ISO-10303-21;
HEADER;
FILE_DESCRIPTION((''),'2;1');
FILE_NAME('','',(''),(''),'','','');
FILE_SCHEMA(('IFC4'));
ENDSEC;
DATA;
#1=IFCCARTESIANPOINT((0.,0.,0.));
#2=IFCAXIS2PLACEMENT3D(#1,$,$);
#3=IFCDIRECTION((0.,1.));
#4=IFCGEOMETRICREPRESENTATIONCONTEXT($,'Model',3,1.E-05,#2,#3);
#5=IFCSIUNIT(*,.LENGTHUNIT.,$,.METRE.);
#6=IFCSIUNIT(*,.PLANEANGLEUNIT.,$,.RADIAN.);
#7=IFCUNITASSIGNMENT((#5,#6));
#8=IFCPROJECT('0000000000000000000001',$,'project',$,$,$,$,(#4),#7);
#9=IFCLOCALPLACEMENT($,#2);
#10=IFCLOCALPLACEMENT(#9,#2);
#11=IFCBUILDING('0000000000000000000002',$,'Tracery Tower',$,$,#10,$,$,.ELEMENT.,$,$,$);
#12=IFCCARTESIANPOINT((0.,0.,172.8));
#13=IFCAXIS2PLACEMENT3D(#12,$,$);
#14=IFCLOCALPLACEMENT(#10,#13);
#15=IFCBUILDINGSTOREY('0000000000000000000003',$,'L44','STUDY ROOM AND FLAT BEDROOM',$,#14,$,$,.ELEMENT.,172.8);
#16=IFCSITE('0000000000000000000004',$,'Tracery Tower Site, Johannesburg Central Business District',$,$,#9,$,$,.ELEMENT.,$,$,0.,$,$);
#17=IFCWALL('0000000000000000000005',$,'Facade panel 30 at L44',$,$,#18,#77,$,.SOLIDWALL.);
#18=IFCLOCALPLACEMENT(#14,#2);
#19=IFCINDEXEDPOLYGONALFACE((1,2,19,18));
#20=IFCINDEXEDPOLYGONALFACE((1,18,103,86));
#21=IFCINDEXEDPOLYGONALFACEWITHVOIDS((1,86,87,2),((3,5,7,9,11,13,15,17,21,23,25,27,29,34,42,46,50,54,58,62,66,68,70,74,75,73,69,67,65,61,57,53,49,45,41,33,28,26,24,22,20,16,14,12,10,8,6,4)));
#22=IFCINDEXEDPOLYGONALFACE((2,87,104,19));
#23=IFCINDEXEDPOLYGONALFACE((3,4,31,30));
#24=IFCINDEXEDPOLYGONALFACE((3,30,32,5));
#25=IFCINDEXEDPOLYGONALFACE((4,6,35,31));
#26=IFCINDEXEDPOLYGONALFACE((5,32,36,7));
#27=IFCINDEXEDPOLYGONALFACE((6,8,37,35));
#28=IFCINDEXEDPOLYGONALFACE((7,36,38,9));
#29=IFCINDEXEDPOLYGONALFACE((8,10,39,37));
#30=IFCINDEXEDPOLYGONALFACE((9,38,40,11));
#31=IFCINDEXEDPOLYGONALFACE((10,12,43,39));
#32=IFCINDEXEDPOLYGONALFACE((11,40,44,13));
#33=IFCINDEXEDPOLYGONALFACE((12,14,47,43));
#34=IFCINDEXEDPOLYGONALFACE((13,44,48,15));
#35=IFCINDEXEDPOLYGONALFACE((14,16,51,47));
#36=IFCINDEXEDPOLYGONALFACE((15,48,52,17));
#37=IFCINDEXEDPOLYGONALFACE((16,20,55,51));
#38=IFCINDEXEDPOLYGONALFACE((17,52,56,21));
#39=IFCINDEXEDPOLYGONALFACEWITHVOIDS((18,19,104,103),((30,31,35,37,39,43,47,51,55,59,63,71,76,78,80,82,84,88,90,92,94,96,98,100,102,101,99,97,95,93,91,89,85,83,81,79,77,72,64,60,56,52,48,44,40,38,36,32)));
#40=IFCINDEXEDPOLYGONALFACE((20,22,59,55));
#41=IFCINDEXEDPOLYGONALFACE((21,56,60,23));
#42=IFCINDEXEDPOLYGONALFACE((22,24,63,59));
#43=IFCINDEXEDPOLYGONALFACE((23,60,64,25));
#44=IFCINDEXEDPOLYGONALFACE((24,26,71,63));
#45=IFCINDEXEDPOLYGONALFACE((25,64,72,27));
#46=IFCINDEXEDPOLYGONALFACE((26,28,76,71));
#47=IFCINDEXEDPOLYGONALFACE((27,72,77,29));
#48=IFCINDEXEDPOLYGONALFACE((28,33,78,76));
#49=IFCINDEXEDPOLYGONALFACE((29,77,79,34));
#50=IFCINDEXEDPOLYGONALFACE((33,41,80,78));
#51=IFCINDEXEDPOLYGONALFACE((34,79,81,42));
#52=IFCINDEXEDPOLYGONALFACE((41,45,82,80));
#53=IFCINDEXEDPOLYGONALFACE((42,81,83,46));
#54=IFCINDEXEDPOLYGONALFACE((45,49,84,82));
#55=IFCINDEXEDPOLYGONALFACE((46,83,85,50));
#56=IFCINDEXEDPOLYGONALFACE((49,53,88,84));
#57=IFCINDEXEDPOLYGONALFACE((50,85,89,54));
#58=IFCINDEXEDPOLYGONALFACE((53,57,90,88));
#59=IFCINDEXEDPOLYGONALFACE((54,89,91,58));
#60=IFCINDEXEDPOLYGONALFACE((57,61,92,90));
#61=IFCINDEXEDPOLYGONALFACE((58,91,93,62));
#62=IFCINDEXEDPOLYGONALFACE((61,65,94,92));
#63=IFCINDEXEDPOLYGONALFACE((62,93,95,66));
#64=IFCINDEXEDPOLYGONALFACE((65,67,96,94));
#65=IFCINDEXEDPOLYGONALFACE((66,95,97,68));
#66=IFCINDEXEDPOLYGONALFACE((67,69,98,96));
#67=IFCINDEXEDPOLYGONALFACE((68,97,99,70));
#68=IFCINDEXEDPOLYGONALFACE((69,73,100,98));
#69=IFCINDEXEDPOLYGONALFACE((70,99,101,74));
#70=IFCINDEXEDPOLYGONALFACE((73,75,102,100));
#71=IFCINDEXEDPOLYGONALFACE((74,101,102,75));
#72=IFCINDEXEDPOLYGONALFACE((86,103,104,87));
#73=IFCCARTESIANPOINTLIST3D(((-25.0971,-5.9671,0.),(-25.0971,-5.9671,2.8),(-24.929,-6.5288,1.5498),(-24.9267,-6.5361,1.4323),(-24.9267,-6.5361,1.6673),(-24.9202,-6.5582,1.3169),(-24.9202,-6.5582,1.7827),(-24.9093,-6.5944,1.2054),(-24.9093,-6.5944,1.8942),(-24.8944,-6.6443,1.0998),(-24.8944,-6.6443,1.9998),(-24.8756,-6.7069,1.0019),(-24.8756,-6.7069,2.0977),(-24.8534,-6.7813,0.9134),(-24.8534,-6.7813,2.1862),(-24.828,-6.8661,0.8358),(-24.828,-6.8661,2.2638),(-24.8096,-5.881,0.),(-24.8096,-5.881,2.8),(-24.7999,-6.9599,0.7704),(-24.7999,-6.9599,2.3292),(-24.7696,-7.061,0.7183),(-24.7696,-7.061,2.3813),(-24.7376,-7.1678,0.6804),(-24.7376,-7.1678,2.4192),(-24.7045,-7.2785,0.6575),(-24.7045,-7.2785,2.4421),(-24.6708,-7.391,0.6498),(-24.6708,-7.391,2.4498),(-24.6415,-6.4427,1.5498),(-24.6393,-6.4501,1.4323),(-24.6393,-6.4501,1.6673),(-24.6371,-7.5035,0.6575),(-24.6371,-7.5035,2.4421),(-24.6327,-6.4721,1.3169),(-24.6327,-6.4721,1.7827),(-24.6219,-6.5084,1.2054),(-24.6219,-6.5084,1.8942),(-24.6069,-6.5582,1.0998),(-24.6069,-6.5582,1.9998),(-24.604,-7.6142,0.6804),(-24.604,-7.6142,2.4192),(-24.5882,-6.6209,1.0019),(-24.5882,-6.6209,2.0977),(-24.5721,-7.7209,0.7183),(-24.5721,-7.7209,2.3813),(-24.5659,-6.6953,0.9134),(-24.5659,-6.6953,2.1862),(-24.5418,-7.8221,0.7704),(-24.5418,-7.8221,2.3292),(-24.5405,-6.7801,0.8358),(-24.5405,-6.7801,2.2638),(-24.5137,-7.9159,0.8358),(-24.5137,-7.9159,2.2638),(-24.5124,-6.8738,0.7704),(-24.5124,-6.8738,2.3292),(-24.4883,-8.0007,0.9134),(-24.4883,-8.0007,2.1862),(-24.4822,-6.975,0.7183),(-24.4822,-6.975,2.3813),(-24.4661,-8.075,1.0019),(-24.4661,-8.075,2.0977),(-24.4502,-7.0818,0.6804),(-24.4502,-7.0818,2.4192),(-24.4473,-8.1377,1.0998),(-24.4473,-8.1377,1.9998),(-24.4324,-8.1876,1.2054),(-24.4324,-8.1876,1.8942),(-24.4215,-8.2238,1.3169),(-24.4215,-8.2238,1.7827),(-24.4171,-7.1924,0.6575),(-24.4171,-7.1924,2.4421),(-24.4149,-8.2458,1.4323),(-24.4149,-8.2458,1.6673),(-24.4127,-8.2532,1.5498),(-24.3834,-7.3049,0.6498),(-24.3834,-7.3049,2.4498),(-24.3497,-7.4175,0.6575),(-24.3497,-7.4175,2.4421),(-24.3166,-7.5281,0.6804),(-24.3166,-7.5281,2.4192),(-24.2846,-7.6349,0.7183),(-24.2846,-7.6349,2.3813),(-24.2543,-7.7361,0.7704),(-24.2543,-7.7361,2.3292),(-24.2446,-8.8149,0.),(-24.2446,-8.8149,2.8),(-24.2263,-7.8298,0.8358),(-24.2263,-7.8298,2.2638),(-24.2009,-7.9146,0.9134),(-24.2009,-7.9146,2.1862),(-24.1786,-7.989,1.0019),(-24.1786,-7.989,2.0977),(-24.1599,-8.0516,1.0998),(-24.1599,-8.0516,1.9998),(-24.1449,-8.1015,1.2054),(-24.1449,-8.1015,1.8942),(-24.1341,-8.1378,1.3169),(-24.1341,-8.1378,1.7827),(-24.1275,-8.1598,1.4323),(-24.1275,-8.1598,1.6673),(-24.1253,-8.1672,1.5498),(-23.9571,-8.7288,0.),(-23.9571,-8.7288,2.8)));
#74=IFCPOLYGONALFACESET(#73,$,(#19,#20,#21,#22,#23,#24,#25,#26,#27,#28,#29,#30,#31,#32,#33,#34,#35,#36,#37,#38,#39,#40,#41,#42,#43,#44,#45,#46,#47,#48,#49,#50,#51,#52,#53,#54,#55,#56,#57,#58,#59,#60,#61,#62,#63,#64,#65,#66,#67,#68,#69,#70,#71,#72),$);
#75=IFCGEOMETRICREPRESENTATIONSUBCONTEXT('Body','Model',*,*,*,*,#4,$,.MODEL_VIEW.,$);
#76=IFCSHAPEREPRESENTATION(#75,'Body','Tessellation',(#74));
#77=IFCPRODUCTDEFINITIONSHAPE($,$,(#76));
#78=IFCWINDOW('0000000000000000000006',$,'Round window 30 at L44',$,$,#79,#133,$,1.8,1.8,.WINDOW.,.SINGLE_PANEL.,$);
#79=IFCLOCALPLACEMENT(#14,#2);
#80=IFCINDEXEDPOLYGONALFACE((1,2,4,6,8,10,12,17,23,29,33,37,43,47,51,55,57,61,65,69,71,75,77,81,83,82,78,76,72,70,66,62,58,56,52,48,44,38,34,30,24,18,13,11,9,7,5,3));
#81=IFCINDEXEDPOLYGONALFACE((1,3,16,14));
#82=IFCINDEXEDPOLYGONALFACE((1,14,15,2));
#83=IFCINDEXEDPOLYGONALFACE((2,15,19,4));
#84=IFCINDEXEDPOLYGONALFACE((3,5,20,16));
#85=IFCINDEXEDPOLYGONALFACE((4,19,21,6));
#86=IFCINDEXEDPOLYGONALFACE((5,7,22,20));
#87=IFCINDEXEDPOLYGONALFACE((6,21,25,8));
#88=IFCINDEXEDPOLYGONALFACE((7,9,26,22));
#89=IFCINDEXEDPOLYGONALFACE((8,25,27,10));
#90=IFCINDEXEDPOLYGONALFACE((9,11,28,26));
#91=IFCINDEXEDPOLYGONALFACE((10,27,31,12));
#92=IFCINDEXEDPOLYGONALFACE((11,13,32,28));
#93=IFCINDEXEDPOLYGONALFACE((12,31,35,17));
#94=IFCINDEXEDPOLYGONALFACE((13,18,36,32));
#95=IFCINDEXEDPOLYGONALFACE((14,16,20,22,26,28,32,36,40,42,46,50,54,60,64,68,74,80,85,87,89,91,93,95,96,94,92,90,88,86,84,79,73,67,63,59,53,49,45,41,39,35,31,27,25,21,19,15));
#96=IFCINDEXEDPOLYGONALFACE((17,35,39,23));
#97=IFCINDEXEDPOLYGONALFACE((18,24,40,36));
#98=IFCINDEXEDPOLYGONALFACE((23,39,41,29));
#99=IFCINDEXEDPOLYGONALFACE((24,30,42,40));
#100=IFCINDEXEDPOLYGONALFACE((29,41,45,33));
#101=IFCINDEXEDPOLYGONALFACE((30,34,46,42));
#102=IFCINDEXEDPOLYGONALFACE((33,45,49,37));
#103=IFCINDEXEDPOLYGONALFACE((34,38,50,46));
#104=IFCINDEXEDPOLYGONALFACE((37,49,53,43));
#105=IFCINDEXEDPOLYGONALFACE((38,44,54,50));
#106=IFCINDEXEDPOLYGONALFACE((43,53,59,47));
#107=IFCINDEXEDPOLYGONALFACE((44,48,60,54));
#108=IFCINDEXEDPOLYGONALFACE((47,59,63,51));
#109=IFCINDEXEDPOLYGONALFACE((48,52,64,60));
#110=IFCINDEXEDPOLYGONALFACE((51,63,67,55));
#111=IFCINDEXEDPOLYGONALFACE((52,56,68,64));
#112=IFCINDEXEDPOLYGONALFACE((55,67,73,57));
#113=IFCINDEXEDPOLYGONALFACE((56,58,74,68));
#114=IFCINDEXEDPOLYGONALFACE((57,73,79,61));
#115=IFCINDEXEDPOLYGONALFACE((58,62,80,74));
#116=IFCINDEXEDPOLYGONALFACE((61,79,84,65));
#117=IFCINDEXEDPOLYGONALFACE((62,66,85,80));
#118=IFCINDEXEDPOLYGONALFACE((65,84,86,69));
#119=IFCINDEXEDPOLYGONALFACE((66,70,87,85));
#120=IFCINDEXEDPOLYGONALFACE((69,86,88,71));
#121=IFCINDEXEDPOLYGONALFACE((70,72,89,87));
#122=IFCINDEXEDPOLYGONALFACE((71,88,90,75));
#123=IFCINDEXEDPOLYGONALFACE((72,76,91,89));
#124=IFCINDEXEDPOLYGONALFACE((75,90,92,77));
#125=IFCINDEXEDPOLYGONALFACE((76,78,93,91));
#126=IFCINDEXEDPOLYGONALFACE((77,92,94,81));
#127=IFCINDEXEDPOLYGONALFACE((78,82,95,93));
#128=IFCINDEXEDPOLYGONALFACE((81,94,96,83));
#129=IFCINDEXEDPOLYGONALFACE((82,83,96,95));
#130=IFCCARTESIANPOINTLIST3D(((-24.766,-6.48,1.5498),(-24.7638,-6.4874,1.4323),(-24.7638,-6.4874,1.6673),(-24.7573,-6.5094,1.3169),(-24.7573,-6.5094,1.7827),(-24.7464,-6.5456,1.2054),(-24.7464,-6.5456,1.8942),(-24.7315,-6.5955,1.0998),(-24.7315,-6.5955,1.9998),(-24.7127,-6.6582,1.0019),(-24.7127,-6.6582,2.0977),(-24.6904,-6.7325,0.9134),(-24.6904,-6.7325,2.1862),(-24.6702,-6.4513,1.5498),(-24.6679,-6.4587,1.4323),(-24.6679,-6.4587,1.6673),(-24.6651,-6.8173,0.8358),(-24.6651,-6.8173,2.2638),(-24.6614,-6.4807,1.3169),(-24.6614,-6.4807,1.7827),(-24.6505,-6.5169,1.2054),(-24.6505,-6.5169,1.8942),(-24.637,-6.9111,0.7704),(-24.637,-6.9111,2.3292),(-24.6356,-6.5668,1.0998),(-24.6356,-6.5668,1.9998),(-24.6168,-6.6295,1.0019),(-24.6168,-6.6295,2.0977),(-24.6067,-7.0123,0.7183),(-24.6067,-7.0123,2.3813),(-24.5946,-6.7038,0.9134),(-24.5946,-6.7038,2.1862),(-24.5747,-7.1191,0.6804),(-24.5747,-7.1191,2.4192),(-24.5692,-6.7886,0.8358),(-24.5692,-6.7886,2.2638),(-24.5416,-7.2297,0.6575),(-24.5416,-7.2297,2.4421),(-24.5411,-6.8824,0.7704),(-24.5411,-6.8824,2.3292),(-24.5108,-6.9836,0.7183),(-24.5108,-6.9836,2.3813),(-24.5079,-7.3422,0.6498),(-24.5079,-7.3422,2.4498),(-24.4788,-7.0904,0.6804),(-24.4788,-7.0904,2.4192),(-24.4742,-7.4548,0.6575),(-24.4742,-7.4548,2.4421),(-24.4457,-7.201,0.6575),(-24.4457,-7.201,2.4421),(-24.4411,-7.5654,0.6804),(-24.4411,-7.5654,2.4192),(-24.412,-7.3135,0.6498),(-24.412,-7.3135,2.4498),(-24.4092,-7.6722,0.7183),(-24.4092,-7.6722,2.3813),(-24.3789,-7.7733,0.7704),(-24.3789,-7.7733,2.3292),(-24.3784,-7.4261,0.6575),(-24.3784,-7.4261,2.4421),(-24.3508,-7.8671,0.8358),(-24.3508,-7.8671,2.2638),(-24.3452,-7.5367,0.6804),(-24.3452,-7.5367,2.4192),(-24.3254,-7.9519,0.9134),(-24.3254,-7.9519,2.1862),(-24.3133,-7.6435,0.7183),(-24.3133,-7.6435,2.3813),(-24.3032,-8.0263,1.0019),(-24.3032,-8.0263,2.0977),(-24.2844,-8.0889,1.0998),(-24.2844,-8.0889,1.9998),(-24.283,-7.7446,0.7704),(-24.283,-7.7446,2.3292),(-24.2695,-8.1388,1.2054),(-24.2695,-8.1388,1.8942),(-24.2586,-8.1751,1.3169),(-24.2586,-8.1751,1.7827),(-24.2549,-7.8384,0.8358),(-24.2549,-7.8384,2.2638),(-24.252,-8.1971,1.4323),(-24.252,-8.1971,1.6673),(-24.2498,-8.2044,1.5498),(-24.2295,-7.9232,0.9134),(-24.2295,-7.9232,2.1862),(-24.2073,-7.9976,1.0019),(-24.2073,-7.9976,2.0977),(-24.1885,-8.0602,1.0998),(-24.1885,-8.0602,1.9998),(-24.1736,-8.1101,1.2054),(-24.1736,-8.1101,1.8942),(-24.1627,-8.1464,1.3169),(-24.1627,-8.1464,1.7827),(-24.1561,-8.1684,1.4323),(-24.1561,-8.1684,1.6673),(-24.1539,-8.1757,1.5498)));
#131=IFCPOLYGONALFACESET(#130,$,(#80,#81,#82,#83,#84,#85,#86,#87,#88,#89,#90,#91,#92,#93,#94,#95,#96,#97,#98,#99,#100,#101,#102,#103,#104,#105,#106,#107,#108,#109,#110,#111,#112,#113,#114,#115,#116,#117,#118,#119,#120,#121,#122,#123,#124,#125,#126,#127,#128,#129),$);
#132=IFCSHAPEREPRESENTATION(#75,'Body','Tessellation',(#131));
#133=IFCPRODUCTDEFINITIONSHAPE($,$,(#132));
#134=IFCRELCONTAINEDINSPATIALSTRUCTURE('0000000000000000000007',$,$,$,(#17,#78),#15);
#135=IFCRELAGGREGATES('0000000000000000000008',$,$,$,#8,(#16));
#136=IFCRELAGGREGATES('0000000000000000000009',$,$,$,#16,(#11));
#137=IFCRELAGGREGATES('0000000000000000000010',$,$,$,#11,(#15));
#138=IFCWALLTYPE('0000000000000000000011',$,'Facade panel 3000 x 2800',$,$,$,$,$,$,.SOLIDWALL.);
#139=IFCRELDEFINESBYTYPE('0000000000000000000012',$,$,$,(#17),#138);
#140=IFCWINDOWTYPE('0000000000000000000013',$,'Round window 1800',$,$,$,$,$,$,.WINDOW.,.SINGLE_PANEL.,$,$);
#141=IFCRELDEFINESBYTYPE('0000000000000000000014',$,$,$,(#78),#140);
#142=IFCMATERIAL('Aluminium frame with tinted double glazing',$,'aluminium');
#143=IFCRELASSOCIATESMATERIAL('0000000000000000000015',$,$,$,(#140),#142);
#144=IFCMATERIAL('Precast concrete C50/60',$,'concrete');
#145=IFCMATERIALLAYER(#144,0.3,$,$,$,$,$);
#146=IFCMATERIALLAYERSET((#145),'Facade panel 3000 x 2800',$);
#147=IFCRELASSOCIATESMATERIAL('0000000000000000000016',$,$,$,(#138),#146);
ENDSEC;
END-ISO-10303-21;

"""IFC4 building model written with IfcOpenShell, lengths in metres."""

from ifc_helpers import new_model, si_unit, direction, frame, frame_2d, origin, origin_2d, place, context, subcontext, project, spatial, rectangle, circle, extrude, material, layer, layer_set, type_object, element, fill, save


model = new_model("IFC4")

# Units and contexts
model_context = context("Model", 3, precision=1e-05, world=origin(), true_north=direction((0.0, 1.0)))
body_context = subcontext(model_context, "Body", "Model", "MODEL_VIEW")
ifc_project = project(units=[si_unit("LENGTHUNIT", "METRE"), si_unit("PLANEANGLEUNIT", "RADIAN")], contexts=[model_context])

# Site, building, storey
site_placement = place(None, origin())
site = spatial("IfcSite", under=ifc_project, at=site_placement, Name="Tracery Tower Site, Johannesburg Central Business District", CompositionType="ELEMENT", RefElevation=0.0)
building_placement = place(site_placement, origin())
building = spatial("IfcBuilding", under=site, at=building_placement, Name="Tracery Tower", CompositionType="ELEMENT")
storey_placement = place(building_placement, frame((0.0, 0.0, 172.8)))
storey = spatial("IfcBuildingStorey", under=building, at=storey_placement, Name="L44", Description="STUDY ROOM AND FLAT BEDROOM", CompositionType="ELEMENT", Elevation=172.8)

# Wall, opening, window
ifc_material_1 = material(Name="Aluminium frame with tinted double glazing", Category="aluminium")
window_type = type_object("IfcWindowType", Name="Round window 1800", PartitioningType="SINGLE_PANEL", PredefinedType="WINDOW", material=ifc_material_1)
ifc_material_2 = material(Name="Precast concrete C50/60", Category="concrete")
ifc_layer_1 = layer(ifc_material_2, 0.3)
ifc_layer_set_1 = layer_set([ifc_layer_1], Name="Facade panel 3000 x 2800")
wall_type_1 = type_object("IfcWallType", Name="Facade panel 3000 x 2800", PredefinedType="SOLIDWALL", material=ifc_layer_set_1)
wall_1_placement = place(storey_placement, frame((-24.9534, -5.9241, 0.0), z_axis=(0.0, 0.0, 1.0), x_axis=(0.286783, -0.957996, 0.0)))
wall_1 = element("IfcWall", 1, at=wall_1_placement, inside=storey, type_object=wall_type_1, Name="Facade panel 30 at L44", PredefinedType="SOLIDWALL", context=body_context, shape_type="SweptSolid", body=[
    extrude(rectangle(XDim=2.9727, YDim=0.3, at=frame_2d((1.4863, 0.0))), origin(), (0.0, 0.0, 1.0), 2.8),
])
opening_1_placement = place(wall_1_placement, frame((1.4863, 0.0, 1.5498)))
opening_1 = element("IfcOpeningElement", 2, at=opening_1_placement, cuts=wall_1, PredefinedType="OPENING", context=body_context, shape_type="SweptSolid", body=[
    extrude(circle(Radius=0.9, at=origin_2d()), frame((0.0, 0.1599, 0.0), z_axis=(0.0, -1.0, 0.0), x_axis=(1.0, 0.0, 0.0)), (0.0, 0.0, 1.0), 0.3201),
])
window_1_placement = place(opening_1_placement, origin())
window_1 = element("IfcWindow", 3, at=window_1_placement, inside=storey, type_object=window_type, Name="Round window 30 at L44", OverallHeight=1.8, OverallWidth=1.8, PartitioningType="SINGLE_PANEL", PredefinedType="WINDOW", context=body_context, shape_type="SweptSolid", body=[
    extrude(circle(Radius=0.9, at=origin_2d()), frame((0.0, 0.1201, 0.0), z_axis=(0.0, -1.0, 0.0), x_axis=(1.0, 0.0, 0.0)), (0.0, 0.0, 1.0), 0.1001),
])
fill(opening_1, window_1)

save(model, "model.ifc")
